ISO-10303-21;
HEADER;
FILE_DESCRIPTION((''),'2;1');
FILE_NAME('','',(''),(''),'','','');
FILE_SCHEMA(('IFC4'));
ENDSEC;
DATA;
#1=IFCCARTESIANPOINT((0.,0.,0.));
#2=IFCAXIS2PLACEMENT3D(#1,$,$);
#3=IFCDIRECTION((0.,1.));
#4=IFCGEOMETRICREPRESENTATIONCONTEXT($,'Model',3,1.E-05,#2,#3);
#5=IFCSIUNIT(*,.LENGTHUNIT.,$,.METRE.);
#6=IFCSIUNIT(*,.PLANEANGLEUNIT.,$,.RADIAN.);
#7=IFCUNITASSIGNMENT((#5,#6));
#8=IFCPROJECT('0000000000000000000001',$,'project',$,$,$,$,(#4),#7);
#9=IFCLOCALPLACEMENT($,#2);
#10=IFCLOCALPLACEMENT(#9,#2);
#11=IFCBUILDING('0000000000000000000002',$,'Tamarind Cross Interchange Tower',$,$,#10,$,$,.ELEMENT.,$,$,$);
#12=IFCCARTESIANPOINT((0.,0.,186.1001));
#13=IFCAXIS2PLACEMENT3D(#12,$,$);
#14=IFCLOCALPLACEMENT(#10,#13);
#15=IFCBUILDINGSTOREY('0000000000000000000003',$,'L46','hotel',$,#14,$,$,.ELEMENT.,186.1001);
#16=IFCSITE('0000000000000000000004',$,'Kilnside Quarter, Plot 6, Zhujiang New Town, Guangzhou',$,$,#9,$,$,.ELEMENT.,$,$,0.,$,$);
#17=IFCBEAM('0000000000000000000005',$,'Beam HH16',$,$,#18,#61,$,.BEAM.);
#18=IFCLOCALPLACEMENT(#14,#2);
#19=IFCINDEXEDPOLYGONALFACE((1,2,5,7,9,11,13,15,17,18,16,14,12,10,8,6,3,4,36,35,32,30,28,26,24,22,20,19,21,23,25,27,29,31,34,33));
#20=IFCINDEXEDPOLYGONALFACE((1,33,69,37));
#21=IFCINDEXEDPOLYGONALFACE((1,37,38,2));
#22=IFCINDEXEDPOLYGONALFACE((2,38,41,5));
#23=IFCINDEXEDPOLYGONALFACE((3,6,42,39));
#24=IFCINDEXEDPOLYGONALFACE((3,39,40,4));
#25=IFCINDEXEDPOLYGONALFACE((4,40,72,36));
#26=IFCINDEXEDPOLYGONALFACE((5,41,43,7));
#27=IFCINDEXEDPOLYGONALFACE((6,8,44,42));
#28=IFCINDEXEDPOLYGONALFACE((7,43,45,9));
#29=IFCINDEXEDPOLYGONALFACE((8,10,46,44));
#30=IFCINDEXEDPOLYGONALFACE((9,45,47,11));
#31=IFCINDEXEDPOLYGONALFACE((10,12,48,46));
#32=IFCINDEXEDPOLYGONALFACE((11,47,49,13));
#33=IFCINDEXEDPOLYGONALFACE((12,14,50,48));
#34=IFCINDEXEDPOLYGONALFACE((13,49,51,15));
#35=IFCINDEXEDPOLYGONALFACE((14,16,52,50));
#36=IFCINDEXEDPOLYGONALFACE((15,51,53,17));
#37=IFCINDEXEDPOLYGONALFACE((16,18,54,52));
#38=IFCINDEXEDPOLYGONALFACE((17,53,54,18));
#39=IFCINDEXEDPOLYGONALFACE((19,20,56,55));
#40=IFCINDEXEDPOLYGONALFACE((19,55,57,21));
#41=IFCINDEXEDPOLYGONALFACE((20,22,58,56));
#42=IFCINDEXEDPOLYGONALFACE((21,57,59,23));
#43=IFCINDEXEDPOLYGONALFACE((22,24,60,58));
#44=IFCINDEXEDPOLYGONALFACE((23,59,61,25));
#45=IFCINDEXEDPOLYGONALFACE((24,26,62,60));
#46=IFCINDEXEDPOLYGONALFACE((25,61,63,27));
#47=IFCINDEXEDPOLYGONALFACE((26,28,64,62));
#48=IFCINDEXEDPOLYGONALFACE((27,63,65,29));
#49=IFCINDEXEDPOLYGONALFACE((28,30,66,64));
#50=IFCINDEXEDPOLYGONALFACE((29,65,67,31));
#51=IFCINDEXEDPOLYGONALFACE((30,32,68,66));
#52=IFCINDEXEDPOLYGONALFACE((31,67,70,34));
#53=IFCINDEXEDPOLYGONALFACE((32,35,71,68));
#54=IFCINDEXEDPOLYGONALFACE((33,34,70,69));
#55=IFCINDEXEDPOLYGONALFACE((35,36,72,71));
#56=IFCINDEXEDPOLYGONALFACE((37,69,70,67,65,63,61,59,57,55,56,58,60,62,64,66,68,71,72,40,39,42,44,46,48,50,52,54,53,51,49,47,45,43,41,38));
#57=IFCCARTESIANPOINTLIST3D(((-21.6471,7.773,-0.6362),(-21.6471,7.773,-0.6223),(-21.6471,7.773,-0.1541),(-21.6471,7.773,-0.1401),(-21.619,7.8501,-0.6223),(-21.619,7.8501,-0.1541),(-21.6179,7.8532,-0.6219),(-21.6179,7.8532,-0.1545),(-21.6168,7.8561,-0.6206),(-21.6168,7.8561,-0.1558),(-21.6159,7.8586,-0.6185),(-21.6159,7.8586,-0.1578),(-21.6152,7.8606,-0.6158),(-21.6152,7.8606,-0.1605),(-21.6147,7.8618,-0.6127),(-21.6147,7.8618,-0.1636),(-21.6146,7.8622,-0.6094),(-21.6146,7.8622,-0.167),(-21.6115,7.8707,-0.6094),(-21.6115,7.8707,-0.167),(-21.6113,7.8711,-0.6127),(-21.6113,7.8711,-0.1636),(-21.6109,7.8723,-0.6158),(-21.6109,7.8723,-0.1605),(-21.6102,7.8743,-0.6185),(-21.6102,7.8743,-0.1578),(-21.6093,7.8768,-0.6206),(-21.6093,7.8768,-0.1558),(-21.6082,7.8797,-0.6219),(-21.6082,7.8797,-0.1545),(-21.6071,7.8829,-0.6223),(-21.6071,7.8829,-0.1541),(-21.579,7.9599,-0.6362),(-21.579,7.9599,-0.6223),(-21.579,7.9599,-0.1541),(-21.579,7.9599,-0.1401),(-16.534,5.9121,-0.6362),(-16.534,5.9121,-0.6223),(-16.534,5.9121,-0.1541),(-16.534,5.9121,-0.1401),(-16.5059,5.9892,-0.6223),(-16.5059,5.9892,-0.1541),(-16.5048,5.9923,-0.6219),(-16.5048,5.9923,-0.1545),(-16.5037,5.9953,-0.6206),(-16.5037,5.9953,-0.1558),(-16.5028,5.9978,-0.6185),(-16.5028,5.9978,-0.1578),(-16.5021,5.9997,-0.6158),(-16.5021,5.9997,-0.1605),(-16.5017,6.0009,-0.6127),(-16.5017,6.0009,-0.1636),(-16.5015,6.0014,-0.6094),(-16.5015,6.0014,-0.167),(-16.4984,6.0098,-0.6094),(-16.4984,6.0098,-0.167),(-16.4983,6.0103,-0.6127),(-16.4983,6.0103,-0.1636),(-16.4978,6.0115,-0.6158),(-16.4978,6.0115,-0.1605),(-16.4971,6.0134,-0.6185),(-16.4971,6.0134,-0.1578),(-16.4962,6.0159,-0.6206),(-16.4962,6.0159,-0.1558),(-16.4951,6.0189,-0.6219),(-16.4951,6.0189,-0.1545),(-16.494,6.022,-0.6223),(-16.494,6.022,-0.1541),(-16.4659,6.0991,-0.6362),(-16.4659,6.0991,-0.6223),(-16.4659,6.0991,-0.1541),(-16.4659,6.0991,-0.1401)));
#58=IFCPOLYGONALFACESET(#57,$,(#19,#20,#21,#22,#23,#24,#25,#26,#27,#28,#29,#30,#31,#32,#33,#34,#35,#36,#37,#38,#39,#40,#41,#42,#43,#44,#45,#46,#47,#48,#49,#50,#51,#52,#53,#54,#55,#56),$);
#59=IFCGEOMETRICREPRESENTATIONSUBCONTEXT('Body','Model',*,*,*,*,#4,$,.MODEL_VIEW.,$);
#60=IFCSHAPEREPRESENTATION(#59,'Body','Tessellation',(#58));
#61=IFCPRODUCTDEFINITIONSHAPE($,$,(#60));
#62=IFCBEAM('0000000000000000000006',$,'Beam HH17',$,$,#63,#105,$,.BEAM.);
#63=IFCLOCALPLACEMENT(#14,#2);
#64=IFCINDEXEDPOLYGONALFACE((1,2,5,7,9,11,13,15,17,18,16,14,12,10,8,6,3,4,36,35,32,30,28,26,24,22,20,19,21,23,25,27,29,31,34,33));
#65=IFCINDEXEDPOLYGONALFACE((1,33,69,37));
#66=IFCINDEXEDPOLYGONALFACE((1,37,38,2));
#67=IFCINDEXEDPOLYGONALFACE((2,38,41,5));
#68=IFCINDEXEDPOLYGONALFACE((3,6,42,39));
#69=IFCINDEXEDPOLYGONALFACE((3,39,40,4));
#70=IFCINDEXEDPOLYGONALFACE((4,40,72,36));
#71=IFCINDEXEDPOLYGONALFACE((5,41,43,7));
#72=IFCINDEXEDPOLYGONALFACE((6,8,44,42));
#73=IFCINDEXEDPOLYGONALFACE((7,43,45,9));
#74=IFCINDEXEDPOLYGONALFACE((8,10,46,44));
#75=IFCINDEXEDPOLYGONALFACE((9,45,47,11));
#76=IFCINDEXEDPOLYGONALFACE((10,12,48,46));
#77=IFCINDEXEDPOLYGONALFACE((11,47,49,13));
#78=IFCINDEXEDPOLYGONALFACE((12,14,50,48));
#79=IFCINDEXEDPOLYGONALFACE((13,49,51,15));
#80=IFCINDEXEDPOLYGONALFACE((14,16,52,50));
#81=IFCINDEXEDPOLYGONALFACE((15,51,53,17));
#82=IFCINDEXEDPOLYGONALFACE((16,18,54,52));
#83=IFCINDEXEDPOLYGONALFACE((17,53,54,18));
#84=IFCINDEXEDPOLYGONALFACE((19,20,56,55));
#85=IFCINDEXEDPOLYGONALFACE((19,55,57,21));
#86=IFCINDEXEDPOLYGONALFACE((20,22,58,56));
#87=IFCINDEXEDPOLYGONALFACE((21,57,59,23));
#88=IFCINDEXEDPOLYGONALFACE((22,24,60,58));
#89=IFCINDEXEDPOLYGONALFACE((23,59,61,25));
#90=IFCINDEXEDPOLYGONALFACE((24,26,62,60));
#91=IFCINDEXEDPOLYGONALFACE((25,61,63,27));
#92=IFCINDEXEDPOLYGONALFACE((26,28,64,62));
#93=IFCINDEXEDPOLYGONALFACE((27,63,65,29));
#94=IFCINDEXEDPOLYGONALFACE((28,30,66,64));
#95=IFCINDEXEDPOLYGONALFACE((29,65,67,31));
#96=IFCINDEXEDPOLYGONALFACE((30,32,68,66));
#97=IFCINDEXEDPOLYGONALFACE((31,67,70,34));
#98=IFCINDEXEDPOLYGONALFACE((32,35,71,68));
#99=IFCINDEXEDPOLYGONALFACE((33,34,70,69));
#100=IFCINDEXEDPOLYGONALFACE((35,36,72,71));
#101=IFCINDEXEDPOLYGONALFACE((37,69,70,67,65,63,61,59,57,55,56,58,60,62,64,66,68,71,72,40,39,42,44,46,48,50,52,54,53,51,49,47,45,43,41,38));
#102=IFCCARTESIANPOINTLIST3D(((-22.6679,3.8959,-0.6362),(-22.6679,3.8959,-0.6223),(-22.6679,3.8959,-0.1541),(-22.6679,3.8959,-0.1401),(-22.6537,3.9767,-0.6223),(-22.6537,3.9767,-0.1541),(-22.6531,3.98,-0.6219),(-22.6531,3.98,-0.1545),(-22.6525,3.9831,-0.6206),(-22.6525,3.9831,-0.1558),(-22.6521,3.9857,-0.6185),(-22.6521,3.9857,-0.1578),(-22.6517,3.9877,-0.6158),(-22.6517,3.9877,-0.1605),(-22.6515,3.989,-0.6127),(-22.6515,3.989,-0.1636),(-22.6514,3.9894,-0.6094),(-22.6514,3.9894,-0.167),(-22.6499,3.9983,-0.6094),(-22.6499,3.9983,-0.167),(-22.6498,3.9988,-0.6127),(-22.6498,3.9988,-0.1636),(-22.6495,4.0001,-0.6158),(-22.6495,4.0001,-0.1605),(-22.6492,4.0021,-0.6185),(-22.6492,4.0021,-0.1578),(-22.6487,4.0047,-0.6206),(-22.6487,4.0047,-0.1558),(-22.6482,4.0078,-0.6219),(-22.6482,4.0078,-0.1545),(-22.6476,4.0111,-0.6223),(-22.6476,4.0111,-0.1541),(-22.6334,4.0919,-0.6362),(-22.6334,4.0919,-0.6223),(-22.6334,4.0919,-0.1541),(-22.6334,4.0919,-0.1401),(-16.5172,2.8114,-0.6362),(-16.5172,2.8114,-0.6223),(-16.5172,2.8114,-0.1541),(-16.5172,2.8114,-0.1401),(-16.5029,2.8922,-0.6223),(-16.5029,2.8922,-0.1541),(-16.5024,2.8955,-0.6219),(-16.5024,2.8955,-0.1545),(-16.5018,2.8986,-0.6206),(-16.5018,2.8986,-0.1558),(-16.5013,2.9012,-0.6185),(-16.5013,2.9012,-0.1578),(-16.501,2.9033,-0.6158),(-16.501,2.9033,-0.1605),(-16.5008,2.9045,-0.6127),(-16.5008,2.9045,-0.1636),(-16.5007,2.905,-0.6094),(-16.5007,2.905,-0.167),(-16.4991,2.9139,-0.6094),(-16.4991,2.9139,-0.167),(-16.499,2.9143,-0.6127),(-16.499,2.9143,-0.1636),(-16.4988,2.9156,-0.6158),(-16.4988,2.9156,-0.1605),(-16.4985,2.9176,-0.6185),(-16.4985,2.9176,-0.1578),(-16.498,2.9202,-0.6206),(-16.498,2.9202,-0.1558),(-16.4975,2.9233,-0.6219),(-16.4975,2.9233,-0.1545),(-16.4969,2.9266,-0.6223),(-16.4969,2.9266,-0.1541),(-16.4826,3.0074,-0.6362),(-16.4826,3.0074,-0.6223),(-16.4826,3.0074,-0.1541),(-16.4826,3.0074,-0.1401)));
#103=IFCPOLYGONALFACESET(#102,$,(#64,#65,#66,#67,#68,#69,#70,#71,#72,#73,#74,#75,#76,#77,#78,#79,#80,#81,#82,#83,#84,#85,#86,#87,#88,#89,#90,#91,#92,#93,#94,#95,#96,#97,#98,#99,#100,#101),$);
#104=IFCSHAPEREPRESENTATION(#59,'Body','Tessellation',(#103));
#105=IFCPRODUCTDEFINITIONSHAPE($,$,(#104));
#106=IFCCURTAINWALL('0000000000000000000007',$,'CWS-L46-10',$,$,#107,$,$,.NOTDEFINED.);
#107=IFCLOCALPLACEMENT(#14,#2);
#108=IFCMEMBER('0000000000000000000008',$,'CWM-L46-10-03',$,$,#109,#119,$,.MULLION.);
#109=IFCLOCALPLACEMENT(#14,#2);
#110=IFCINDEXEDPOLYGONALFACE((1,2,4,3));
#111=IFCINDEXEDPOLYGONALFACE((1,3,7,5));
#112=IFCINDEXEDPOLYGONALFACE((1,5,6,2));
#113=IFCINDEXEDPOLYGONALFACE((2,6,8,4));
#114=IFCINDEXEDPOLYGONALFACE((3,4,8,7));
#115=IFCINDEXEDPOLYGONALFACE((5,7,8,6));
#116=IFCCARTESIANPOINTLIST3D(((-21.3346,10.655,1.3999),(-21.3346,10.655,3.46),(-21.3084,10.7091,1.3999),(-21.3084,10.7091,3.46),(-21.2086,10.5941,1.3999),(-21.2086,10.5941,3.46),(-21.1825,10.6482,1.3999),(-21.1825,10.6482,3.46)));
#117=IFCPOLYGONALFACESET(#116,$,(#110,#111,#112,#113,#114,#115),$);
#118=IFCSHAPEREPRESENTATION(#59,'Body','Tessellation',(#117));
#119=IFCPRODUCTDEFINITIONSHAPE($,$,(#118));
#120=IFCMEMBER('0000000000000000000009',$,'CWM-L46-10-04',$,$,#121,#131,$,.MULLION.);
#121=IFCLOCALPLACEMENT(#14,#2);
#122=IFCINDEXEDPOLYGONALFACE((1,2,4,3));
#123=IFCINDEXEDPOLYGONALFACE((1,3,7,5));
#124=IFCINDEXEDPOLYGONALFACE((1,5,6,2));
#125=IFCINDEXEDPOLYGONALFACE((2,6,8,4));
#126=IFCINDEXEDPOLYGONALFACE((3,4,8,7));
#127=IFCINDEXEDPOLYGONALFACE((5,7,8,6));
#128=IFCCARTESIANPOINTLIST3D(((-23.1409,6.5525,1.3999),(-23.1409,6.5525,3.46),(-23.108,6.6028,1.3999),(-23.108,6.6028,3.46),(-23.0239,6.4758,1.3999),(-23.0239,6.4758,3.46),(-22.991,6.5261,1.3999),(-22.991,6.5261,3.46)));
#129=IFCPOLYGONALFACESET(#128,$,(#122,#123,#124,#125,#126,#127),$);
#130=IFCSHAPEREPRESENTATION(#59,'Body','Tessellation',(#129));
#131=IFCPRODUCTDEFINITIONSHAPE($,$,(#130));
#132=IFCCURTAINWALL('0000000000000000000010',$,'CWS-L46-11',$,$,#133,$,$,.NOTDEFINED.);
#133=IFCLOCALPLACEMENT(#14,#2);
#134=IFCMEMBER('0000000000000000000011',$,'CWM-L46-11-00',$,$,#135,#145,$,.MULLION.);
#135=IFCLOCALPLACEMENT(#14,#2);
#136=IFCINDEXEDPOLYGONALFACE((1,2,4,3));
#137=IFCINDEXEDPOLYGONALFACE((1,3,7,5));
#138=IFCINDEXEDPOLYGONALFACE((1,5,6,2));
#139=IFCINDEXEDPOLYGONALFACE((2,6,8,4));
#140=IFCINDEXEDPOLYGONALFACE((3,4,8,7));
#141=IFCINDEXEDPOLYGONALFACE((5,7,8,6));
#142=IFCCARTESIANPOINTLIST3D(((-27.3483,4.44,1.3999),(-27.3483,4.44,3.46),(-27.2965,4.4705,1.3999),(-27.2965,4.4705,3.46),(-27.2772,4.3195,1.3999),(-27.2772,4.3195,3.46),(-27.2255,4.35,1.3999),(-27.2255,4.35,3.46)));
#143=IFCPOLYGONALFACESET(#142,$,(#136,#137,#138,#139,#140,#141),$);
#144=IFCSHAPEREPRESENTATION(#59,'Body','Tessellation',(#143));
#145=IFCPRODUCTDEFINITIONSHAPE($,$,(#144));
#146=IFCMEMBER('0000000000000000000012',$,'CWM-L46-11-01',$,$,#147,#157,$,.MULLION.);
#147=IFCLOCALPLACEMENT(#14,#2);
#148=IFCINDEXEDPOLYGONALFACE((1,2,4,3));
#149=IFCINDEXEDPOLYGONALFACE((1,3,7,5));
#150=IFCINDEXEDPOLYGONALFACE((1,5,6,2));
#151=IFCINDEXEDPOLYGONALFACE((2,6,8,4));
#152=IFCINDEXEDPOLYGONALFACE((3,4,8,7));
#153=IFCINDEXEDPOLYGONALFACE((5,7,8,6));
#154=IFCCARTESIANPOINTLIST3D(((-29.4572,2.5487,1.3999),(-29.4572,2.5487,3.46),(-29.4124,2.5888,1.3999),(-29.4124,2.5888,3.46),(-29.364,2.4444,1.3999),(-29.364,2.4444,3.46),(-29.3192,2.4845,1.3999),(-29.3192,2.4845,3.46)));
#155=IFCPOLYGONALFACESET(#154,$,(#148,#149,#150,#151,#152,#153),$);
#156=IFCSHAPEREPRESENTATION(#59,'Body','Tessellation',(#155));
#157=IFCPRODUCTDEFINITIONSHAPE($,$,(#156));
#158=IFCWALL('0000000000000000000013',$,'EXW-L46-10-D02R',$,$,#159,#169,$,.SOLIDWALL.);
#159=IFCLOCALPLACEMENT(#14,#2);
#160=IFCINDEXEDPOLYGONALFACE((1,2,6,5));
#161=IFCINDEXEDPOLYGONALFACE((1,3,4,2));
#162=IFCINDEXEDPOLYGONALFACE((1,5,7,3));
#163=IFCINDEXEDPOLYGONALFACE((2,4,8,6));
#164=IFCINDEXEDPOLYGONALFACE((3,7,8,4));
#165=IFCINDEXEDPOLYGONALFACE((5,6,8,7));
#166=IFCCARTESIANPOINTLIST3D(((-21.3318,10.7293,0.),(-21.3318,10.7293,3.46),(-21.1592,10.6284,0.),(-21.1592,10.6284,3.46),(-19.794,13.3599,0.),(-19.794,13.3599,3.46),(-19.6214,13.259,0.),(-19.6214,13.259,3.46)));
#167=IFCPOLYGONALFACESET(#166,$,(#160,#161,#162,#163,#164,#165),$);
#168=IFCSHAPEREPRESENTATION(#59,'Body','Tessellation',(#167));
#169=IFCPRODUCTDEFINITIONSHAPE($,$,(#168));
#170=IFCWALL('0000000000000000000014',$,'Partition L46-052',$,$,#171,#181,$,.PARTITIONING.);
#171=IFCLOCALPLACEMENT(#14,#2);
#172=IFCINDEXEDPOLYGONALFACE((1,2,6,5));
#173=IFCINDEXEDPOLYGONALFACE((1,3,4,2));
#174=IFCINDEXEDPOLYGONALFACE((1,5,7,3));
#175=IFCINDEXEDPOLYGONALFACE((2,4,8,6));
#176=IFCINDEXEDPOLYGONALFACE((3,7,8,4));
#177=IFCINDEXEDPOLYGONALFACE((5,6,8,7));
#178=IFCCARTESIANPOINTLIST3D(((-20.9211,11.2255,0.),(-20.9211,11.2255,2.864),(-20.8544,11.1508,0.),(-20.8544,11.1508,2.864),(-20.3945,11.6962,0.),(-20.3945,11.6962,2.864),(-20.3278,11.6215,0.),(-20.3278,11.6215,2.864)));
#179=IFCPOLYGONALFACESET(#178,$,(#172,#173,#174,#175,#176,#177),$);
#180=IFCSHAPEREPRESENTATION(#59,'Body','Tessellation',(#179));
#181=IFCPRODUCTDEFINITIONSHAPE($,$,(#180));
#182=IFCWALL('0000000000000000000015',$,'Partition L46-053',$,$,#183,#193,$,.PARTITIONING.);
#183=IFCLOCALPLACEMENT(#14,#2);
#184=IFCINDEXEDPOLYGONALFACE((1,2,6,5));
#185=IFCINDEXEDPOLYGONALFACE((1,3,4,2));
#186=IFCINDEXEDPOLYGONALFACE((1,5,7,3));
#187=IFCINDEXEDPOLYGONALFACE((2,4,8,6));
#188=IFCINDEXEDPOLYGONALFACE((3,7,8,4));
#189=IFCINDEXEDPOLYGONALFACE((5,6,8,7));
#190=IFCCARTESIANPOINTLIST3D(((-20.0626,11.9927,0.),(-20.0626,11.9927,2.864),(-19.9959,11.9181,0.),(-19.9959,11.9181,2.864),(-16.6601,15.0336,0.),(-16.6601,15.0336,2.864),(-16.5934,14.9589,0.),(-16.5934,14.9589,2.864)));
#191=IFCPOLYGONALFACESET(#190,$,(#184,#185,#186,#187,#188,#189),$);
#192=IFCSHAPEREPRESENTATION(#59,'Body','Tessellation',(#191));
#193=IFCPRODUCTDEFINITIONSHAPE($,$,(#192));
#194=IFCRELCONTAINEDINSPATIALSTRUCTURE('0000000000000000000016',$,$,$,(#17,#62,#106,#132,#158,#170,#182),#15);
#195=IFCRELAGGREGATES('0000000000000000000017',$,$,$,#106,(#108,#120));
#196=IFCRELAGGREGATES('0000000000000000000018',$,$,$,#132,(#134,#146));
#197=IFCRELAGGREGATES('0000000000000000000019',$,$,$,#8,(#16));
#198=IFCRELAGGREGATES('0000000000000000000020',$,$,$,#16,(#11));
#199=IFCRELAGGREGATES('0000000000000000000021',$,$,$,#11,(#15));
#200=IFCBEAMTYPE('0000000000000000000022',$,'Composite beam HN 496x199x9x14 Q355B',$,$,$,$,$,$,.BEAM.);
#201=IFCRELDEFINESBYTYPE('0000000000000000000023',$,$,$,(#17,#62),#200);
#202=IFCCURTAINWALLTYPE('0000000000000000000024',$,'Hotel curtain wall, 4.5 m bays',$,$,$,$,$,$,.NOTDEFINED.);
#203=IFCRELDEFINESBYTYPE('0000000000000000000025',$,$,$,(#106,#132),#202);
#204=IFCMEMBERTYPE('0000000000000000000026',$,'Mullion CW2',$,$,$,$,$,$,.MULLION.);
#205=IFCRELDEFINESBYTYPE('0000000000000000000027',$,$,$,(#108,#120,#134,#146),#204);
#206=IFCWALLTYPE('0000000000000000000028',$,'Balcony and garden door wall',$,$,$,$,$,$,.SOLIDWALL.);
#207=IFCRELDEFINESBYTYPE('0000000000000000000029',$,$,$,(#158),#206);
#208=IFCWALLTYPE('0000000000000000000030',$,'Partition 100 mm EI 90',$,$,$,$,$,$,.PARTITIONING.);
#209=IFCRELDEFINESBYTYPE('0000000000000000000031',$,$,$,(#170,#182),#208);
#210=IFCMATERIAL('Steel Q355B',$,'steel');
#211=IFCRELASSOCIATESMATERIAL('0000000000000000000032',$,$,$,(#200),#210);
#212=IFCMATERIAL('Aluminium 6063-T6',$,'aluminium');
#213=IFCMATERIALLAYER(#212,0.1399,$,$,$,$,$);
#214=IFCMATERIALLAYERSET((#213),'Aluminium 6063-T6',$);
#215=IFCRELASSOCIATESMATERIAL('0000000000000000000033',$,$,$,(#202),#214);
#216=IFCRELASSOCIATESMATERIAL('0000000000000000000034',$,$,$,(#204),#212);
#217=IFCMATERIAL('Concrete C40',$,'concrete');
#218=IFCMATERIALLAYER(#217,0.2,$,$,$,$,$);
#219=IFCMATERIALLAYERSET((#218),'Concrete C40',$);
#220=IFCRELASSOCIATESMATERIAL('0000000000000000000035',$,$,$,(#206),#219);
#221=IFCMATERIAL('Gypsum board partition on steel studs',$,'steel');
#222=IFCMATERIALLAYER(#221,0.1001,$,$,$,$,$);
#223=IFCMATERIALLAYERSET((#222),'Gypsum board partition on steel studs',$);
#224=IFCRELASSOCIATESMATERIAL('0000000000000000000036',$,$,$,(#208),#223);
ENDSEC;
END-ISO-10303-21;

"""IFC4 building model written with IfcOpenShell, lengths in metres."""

from ifc_helpers import new_model, si_unit, direction, frame, frame_2d, origin, origin_2d, place, context, subcontext, project, spatial, rectangle, i_section, extrude, material, layer, layer_set, material_profile, profile_set, type_object, element, aggregate, save


model = new_model("IFC4")

# Units and contexts
model_context = context("Model", 3, precision=1e-05, world=origin(), true_north=direction((0.0, 1.0)))
body_context = subcontext(model_context, "Body", "Model", "MODEL_VIEW")
ifc_project = project(units=[si_unit("LENGTHUNIT", "METRE"), si_unit("PLANEANGLEUNIT", "RADIAN")], contexts=[model_context])

# Site, building, storey
site_placement = place(None, origin())
site = spatial("IfcSite", under=ifc_project, at=site_placement, Name="Kilnside Quarter, Plot 6, Zhujiang New Town, Guangzhou", CompositionType="ELEMENT", RefElevation=0.0)
building_placement = place(site_placement, origin())
building = spatial("IfcBuilding", under=site, at=building_placement, Name="Tamarind Cross Interchange Tower", CompositionType="ELEMENT")
storey_placement = place(building_placement, frame((0.0, 0.0, 186.1001)))
storey = spatial("IfcBuildingStorey", under=building, at=storey_placement, Name="L46", Description="hotel", CompositionType="ELEMENT", Elevation=186.1001)

# Beams
ifc_material_1 = material(Name="Steel Q355B", Category="steel")
ifc_material_profile_1 = material_profile(ifc_material_1, i_section(OverallWidth=0.199, OverallDepth=0.4961, WebThickness=0.009, FlangeThickness=0.0139, FilletRadius=0.0129, at=origin_2d()), Name="HN 496x199x9x14")
ifc_profile_set_1 = profile_set([ifc_material_profile_1], Name="Steel Q355B")
beam_type = type_object("IfcBeamType", Name="Composite beam HN 496x199x9x14 Q355B", PredefinedType="BEAM", material=ifc_profile_set_1)
beam_1_placement = place(storey_placement, frame((-21.613, 7.8665, -0.3882), z_axis=(0.939702, -0.341995, 0.0), x_axis=(0.341995, 0.939702, 0.0)))
element("IfcBeam", 1, at=beam_1_placement, inside=storey, type_object=beam_type, Name="Beam HH16", PredefinedType="BEAM", context=body_context, shape_type="SweptSolid", body=[
    extrude(i_section(OverallWidth=0.199, OverallDepth=0.4961, WebThickness=0.009, FlangeThickness=0.0139, FilletRadius=0.0129, at=origin_2d()), origin(), (0.0, 0.0, 1.0), 5.4412),
])
beam_2_placement = place(storey_placement, frame((-22.6506, 3.9939, -0.3882), z_axis=(0.984809, -0.17364, 0.0), x_axis=(0.17364, 0.984809, 0.0)))
element("IfcBeam", 2, at=beam_2_placement, inside=storey, type_object=beam_type, Name="Beam HH17", PredefinedType="BEAM", context=body_context, shape_type="SweptSolid", body=[
    extrude(i_section(OverallWidth=0.199, OverallDepth=0.4961, WebThickness=0.009, FlangeThickness=0.0139, FilletRadius=0.0129, at=origin_2d()), origin(), (0.0, 0.0, 1.0), 6.2456),
])

# Curtain walls, members
ifc_material_2 = material(Name="Aluminium 6063-T6", Category="aluminium")
ifc_layer_1 = layer(ifc_material_2, 0.1399)
ifc_layer_set_1 = layer_set([ifc_layer_1], Name="Aluminium 6063-T6")
curtain_wall_type = type_object("IfcCurtainWallType", Name="Hotel curtain wall, 4.5 m bays", PredefinedType="NOTDEFINED", material=ifc_layer_set_1)
curtain_wall_1_placement = place(storey_placement, origin())
curtain_wall_1 = element("IfcCurtainWall", 3, at=curtain_wall_1_placement, inside=storey, type_object=curtain_wall_type, Name="CWS-L46-10", PredefinedType="NOTDEFINED")
ifc_material_profile_2 = material_profile(ifc_material_2, rectangle(XDim=0.0601, YDim=0.1399, at=origin_2d()), Name="Mullion CW2")
ifc_profile_set_2 = profile_set([ifc_material_profile_2], Name="Aluminium 6063-T6")
member_type = type_object("IfcMemberType", Name="Mullion CW2", PredefinedType="MULLION", material=ifc_profile_set_2)
member_1_placement = place(storey_placement, frame((-21.2585, 10.6516, 1.3999), z_axis=(0.0, 0.0, 1.0), x_axis=(-0.435326, -0.900273, 0.0)))
member_1 = element("IfcMember", 4, at=member_1_placement, type_object=member_type, Name="CWM-L46-10-03", PredefinedType="MULLION", context=body_context, shape_type="SweptSolid", body=[
    extrude(rectangle(XDim=0.0601, YDim=0.1399, at=origin_2d()), origin(), (0.0, 0.0, 1.0), 2.0601),
])
member_2_placement = place(storey_placement, frame((-23.0659, 6.5393, 1.3999), z_axis=(0.0, 0.0, 1.0), x_axis=(-0.548258, -0.836309, 0.0)))
member_2 = element("IfcMember", 5, at=member_2_placement, type_object=member_type, Name="CWM-L46-10-04", PredefinedType="MULLION", context=body_context, shape_type="SweptSolid", body=[
    extrude(rectangle(XDim=0.0601, YDim=0.1399, at=origin_2d()), origin(), (0.0, 0.0, 1.0), 2.0601),
])
aggregate(curtain_wall_1, [member_1, member_2])
curtain_wall_2_placement = place(storey_placement, origin())
curtain_wall_2 = element("IfcCurtainWall", 6, at=curtain_wall_2_placement, inside=storey, type_object=curtain_wall_type, Name="CWS-L46-11", PredefinedType="NOTDEFINED")
member_3_placement = place(storey_placement, frame((-27.2869, 4.395, 1.3999), z_axis=(0.0, 0.0, 1.0), x_axis=(-0.861257, -0.50817, 0.0)))
member_3 = element("IfcMember", 7, at=member_3_placement, type_object=member_type, Name="CWM-L46-11-00", PredefinedType="MULLION", context=body_context, shape_type="SweptSolid", body=[
    extrude(rectangle(XDim=0.0601, YDim=0.1399, at=origin_2d()), origin(), (0.0, 0.0, 1.0), 2.0601),
])
member_4_placement = place(storey_placement, frame((-29.3882, 2.5166, 1.3999), z_axis=(0.0, 0.0, 1.0), x_axis=(-0.745569, -0.666428, 0.0)))
member_4 = element("IfcMember", 8, at=member_4_placement, type_object=member_type, Name="CWM-L46-11-01", PredefinedType="MULLION", context=body_context, shape_type="SweptSolid", body=[
    extrude(rectangle(XDim=0.0601, YDim=0.1399, at=origin_2d()), origin(), (0.0, 0.0, 1.0), 2.0601),
])
aggregate(curtain_wall_2, [member_3, member_4])

# Walls
ifc_material_3 = material(Name="Concrete C40", Category="concrete")
ifc_layer_2 = layer(ifc_material_3, 0.2)
ifc_layer_set_2 = layer_set([ifc_layer_2], Name="Concrete C40")
wall_type_1 = type_object("IfcWallType", Name="Balcony and garden door wall", PredefinedType="SOLIDWALL", material=ifc_layer_set_2)
wall_1_placement = place(storey_placement, frame((-19.7078, 13.3093, 0.0), z_axis=(0.0, 0.0, 1.0), x_axis=(-0.504683, -0.863305, 0.0)))
element("IfcWall", 9, at=wall_1_placement, inside=storey, type_object=wall_type_1, Name="EXW-L46-10-D02R", PredefinedType="SOLIDWALL", context=body_context, shape_type="SweptSolid", body=[
    extrude(rectangle(XDim=3.0471, YDim=0.2, at=frame_2d((1.5234, 0.0))), origin(), (0.0, 0.0, 1.0), 3.46),
])
ifc_material_4 = material(Name="Gypsum board partition on steel studs", Category="steel")
ifc_layer_3 = layer(ifc_material_4, 0.1001)
ifc_layer_set_3 = layer_set([ifc_layer_3], Name="Gypsum board partition on steel studs")
wall_type_2 = type_object("IfcWallType", Name="Partition 100 mm EI 90", PredefinedType="PARTITIONING", material=ifc_layer_set_3)
wall_2_placement = place(storey_placement, frame((-20.8877, 11.1882, 0.0), z_axis=(0.0, 0.0, 1.0), x_axis=(0.745576, 0.666421, 0.0)))
element("IfcWall", 10, at=wall_2_placement, inside=storey, type_object=wall_type_2, Name="Partition L46-052", PredefinedType="PARTITIONING", context=body_context, shape_type="SweptSolid", body=[
    extrude(rectangle(XDim=0.7063, YDim=0.1001, at=frame_2d((0.353, 0.0))), origin(), (0.0, 0.0, 1.0), 2.864),
])
wall_3_placement = place(storey_placement, frame((-20.0293, 11.9553, 0.0), z_axis=(0.0, 0.0, 1.0), x_axis=(0.745615, 0.666377, 0.0)))
element("IfcWall", 11, at=wall_3_placement, inside=storey, type_object=wall_type_2, Name="Partition L46-053", PredefinedType="PARTITIONING", context=body_context, shape_type="SweptSolid", body=[
    extrude(rectangle(XDim=4.5632, YDim=0.1001, at=frame_2d((2.2817, 0.0))), origin(), (0.0, 0.0, 1.0), 2.864),
])

save(model, "model.ifc")
